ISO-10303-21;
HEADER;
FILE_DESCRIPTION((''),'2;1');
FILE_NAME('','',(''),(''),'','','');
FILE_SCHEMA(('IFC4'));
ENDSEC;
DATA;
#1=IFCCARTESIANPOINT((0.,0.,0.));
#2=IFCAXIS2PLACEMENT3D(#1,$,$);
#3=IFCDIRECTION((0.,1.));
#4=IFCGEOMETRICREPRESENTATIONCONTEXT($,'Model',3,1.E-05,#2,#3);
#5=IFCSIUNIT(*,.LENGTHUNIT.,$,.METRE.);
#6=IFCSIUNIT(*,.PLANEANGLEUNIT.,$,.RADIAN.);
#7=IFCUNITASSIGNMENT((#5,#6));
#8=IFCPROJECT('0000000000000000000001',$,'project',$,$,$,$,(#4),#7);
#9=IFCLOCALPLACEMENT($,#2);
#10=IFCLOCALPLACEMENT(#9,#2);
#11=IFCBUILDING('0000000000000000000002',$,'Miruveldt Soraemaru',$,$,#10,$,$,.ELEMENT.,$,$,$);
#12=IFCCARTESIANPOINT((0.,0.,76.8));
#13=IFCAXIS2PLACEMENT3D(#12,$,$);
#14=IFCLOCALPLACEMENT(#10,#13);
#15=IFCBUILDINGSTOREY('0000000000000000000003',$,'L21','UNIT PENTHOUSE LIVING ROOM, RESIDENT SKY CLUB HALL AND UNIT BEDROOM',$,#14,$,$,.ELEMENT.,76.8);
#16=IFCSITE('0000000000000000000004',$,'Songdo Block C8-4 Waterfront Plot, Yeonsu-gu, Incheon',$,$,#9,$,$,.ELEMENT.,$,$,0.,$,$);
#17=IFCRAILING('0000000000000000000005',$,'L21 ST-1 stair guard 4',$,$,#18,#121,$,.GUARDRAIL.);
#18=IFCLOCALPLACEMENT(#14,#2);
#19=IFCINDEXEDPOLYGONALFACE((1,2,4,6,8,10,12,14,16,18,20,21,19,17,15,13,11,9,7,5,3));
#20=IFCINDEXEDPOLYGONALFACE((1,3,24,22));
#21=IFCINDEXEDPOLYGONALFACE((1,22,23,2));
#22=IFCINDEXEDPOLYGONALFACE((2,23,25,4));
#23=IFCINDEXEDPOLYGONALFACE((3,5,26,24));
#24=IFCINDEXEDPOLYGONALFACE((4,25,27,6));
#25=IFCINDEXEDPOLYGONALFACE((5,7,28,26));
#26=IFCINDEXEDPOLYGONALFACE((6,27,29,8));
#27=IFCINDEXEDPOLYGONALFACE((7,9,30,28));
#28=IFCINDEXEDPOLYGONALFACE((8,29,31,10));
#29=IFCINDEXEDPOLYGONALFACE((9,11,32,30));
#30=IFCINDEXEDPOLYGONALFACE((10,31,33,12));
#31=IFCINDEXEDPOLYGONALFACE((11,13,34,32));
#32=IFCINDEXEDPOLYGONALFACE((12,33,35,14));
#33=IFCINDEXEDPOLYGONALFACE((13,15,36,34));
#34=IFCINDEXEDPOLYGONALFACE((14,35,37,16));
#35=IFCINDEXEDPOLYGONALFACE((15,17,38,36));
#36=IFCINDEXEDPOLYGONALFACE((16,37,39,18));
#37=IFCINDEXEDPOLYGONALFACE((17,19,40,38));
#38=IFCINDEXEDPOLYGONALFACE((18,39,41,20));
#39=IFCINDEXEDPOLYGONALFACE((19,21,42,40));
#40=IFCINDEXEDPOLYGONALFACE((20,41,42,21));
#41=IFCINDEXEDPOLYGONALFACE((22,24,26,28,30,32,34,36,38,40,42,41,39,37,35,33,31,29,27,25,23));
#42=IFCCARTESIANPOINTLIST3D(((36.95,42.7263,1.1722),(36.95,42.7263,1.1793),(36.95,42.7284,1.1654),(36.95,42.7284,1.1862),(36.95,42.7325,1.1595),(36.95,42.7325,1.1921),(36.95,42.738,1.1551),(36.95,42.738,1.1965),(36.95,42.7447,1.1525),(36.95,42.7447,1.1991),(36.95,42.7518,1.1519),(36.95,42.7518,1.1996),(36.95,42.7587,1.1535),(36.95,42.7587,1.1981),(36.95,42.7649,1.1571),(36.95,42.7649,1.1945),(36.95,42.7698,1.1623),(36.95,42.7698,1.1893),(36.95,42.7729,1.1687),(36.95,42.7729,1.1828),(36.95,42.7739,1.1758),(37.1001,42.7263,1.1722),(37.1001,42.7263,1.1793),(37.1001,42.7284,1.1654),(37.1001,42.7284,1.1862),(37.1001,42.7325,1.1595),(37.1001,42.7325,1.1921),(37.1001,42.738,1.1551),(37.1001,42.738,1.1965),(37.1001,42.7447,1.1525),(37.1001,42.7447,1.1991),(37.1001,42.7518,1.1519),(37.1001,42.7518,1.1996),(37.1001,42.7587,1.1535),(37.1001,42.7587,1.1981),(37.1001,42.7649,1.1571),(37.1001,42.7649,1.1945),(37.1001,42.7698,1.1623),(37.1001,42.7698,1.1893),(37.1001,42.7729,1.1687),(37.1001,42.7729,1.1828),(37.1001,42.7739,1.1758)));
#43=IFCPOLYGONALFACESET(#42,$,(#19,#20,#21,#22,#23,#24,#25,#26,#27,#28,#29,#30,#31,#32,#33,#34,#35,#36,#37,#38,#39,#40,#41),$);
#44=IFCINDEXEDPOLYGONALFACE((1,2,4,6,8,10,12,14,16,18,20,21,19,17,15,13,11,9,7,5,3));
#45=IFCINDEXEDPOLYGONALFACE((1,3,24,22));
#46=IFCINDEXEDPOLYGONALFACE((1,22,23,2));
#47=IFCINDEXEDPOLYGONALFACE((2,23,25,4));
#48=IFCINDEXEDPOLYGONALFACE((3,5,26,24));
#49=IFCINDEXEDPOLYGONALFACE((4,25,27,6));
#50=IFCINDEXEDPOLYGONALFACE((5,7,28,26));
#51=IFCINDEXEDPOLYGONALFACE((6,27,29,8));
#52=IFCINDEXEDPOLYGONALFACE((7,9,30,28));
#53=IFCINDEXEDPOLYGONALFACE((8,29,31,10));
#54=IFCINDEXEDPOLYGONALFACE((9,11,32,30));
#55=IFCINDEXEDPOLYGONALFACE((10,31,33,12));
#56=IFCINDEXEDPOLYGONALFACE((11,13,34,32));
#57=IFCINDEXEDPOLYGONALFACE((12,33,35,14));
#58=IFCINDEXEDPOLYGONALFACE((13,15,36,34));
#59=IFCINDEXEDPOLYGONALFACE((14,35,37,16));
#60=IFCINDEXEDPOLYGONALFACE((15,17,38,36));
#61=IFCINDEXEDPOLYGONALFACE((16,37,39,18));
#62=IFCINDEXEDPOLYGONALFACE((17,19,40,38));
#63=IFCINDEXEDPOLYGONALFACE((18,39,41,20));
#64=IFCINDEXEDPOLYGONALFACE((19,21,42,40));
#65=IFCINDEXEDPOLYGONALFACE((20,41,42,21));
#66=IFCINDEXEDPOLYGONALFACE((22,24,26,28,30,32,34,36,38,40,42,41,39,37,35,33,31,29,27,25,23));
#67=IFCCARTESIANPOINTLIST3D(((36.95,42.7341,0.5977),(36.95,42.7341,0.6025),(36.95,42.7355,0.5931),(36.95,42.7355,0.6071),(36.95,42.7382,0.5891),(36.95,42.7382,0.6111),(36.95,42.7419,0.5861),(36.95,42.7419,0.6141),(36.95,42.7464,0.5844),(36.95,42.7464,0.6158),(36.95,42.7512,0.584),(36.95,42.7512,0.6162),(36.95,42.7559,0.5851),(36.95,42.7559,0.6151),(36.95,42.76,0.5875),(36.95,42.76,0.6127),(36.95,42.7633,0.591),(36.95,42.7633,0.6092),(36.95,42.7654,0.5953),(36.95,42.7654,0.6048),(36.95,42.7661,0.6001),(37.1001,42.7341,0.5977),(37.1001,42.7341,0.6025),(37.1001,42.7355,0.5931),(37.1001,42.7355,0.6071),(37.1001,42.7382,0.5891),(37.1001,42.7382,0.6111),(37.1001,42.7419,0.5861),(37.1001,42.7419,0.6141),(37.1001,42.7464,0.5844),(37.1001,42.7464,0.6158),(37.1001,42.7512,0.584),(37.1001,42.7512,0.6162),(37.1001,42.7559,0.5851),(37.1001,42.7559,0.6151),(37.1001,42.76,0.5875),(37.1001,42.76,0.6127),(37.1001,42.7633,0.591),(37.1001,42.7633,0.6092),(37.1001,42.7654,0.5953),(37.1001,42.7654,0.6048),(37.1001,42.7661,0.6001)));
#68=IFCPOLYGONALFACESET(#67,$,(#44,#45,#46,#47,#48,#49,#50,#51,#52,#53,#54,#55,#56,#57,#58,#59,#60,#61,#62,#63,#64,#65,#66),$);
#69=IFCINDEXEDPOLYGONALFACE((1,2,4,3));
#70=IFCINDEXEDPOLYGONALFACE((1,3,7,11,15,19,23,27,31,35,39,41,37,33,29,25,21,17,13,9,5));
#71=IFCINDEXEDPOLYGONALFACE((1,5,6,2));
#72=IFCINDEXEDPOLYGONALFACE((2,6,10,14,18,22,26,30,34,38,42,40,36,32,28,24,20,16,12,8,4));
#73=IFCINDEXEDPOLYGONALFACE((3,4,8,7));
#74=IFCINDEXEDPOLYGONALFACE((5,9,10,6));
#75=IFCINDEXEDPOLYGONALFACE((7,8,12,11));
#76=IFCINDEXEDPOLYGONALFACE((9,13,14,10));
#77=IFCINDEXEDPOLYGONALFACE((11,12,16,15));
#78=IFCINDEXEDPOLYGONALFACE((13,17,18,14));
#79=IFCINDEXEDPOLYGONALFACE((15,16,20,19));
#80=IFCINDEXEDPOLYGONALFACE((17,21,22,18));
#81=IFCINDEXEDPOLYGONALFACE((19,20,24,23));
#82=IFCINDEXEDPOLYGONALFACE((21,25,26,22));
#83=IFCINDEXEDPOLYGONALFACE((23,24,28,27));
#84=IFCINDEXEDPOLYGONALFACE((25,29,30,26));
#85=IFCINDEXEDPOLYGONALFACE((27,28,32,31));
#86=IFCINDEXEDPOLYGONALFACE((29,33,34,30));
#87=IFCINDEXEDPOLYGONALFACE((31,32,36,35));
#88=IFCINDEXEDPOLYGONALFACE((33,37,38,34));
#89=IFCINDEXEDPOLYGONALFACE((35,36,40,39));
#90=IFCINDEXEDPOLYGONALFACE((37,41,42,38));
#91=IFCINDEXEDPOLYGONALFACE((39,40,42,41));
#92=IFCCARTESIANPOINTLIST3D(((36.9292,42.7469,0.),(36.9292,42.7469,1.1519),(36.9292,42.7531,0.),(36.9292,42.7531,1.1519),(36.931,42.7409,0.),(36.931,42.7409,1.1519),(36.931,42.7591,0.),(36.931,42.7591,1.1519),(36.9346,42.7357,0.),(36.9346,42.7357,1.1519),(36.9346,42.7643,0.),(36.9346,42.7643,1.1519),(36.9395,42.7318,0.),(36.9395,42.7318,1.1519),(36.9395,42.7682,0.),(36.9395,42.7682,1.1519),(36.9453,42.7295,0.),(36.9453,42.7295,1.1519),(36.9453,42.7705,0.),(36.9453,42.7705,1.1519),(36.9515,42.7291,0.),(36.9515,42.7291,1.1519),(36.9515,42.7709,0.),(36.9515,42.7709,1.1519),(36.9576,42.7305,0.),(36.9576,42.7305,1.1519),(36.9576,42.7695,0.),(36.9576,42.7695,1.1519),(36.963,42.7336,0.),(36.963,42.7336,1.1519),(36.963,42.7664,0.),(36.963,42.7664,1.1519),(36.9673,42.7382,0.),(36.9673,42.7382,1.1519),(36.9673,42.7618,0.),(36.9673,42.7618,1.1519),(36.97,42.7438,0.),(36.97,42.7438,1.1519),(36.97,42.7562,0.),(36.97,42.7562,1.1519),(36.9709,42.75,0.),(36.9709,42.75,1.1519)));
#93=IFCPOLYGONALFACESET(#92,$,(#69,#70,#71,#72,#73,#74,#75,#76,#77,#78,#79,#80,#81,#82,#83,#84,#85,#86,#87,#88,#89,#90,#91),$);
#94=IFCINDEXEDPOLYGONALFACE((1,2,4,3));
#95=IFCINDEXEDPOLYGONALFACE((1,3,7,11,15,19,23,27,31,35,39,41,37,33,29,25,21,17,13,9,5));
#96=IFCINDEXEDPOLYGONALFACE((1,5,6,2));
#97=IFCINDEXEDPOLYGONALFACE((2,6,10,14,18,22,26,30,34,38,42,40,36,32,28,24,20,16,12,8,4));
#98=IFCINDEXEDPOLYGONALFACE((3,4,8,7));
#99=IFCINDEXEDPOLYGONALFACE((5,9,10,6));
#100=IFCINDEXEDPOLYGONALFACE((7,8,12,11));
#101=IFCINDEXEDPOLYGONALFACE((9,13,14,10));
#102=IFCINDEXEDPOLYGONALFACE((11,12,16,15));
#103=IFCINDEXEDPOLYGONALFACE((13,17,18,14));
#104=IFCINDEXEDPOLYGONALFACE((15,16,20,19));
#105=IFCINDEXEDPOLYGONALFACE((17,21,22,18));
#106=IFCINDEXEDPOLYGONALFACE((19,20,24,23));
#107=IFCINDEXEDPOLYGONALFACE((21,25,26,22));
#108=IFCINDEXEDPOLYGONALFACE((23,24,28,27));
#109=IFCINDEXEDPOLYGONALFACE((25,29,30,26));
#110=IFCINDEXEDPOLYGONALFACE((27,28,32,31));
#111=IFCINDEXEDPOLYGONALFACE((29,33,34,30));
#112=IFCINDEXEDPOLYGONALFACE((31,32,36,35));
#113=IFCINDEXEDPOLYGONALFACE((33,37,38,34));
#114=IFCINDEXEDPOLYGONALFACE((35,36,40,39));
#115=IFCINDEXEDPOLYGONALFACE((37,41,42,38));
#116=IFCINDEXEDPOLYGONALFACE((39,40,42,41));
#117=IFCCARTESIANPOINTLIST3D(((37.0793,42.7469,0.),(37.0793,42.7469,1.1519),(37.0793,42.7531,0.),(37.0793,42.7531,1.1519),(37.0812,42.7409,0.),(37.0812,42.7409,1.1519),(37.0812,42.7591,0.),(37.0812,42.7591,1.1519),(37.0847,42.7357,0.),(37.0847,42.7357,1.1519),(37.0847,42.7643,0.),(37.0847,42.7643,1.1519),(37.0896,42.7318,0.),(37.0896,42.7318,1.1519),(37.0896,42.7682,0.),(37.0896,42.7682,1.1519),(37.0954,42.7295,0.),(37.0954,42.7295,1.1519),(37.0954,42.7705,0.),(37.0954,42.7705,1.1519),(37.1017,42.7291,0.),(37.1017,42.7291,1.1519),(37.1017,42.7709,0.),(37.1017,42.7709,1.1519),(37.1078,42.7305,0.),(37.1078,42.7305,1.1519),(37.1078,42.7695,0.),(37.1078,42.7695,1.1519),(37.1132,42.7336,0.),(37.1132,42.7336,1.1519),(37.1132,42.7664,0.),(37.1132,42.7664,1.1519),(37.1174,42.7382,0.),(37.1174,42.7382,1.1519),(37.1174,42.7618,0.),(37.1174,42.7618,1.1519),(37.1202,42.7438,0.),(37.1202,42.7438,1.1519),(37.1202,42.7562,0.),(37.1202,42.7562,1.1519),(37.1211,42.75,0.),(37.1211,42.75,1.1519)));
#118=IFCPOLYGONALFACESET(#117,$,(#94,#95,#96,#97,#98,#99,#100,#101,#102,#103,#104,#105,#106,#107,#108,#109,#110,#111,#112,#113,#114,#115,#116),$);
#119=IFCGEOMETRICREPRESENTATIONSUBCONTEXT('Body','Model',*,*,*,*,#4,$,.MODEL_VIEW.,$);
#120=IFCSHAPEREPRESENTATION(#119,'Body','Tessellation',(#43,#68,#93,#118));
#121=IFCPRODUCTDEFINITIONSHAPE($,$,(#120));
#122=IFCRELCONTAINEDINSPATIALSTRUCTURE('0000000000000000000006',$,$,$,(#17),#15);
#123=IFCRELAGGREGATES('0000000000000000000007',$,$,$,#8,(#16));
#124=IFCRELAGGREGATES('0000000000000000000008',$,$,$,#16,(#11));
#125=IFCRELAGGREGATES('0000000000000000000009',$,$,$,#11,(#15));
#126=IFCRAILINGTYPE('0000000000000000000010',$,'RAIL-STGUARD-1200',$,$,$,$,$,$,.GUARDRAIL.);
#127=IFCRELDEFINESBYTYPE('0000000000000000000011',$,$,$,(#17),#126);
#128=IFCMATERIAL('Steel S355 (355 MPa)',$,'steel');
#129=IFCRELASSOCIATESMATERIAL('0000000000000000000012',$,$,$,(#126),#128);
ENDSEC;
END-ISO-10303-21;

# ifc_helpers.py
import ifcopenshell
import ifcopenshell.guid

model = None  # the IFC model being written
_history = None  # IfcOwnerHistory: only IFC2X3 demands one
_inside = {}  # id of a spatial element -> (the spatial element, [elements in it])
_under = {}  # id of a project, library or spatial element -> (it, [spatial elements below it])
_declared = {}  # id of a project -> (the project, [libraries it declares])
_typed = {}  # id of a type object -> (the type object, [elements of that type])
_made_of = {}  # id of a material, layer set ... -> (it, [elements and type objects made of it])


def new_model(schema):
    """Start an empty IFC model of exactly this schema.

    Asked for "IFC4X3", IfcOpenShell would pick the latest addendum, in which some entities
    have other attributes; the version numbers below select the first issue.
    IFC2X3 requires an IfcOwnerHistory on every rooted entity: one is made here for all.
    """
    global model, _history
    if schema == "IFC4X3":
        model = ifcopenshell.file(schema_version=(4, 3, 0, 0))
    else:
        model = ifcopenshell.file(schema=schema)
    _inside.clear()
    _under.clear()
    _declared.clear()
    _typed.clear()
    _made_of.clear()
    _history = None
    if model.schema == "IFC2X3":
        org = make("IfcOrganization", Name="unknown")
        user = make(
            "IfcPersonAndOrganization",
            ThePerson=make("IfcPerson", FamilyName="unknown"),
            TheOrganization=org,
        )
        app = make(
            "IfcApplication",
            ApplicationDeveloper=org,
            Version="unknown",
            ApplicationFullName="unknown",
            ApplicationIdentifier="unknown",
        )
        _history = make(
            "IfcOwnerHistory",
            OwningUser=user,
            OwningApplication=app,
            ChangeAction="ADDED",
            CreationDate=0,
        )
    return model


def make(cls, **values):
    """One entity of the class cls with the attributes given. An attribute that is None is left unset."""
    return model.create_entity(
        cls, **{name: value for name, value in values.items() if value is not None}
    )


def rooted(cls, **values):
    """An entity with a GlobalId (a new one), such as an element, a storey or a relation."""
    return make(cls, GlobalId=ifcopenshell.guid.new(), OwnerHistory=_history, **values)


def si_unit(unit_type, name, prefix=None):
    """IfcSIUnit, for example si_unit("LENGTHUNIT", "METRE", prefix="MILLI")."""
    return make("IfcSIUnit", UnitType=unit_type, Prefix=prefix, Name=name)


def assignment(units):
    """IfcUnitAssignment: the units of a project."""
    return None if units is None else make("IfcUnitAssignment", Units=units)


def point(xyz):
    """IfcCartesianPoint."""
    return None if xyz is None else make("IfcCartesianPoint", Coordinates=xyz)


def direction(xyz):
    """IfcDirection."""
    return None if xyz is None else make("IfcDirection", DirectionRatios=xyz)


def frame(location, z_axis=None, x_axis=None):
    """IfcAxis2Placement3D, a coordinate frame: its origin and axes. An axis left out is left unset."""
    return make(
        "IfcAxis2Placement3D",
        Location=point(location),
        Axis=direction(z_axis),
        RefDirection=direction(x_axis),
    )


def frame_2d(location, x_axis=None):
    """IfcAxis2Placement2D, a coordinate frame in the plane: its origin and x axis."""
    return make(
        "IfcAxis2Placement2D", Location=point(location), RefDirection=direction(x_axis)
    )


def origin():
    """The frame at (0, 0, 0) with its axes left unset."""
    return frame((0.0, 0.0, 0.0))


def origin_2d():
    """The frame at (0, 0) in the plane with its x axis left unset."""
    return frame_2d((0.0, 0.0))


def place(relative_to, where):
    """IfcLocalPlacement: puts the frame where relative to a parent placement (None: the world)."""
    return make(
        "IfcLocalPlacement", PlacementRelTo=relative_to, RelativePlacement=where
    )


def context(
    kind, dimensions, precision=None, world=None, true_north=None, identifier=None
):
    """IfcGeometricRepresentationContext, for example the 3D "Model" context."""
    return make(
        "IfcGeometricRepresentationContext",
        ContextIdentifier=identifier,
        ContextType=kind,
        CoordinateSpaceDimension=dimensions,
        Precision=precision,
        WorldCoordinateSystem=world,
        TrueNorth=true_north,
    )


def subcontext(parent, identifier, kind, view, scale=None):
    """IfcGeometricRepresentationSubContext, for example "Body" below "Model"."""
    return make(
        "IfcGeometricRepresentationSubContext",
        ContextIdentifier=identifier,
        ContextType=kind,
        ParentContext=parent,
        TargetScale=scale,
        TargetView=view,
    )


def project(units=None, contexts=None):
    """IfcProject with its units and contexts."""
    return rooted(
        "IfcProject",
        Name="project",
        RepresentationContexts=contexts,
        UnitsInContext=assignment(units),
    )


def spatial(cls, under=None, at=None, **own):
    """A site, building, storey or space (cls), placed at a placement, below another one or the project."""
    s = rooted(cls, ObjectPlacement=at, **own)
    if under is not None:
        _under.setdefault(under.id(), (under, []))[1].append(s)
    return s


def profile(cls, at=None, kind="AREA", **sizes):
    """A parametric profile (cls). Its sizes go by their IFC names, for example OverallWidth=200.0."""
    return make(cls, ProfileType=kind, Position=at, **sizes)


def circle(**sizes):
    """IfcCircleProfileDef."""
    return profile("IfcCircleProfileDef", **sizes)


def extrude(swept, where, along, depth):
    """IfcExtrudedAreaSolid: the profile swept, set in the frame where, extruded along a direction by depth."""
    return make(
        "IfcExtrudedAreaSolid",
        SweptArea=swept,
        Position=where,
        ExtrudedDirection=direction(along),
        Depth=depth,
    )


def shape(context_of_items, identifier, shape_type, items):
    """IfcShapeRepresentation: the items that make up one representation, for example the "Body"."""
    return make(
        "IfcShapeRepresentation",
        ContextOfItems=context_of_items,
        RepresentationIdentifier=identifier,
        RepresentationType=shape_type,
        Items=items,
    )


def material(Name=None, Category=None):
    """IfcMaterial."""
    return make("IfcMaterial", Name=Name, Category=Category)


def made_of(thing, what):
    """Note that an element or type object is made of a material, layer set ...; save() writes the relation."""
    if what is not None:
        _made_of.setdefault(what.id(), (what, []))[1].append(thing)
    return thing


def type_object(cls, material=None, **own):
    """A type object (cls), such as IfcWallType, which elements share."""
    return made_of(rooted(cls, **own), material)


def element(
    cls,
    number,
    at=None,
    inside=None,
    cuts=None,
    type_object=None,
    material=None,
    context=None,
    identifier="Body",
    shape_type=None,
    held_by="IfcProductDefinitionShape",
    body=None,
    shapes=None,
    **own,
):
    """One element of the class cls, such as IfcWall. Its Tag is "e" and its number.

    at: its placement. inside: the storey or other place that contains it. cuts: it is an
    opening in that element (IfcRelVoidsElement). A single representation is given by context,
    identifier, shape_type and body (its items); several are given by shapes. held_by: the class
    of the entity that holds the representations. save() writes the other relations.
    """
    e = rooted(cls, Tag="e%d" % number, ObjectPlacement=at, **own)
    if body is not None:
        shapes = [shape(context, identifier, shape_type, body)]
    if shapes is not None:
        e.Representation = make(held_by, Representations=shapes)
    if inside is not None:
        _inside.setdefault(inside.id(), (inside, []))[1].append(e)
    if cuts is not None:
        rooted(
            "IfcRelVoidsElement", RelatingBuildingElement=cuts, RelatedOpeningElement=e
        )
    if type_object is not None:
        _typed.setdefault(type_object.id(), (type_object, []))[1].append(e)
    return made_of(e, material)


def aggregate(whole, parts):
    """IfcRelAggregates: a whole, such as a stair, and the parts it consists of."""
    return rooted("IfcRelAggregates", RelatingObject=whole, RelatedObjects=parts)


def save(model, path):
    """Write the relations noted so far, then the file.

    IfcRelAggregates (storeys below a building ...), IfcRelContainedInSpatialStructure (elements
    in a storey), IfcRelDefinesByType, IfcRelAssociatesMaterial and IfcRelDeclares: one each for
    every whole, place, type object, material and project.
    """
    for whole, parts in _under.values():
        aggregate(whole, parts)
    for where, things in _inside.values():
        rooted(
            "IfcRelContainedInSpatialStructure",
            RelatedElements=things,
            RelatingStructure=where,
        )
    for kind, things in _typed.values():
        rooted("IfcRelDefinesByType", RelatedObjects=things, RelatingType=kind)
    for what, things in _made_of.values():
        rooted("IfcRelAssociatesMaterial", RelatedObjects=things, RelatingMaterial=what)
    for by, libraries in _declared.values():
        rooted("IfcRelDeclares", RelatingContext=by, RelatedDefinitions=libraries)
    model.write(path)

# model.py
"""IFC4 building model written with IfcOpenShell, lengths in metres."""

from ifc_helpers import new_model, si_unit, direction, frame, origin, origin_2d, place, context, subcontext, project, spatial, circle, extrude, material, type_object, element, save


model = new_model("IFC4")

# Units and contexts
model_context = context("Model", 3, precision=1e-05, world=origin(), true_north=direction((0.0, 1.0)))
body_context = subcontext(model_context, "Body", "Model", "MODEL_VIEW")
ifc_project = project(units=[si_unit("LENGTHUNIT", "METRE"), si_unit("PLANEANGLEUNIT", "RADIAN")], contexts=[model_context])

# Site, building, storey
site_placement = place(None, origin())
site = spatial("IfcSite", under=ifc_project, at=site_placement, Name="Songdo Block C8-4 Waterfront Plot, Yeonsu-gu, Incheon", CompositionType="ELEMENT", RefElevation=0.0)
building_placement = place(site_placement, origin())
building = spatial("IfcBuilding", under=site, at=building_placement, Name="Miruveldt Soraemaru", CompositionType="ELEMENT")
storey_placement = place(building_placement, frame((0.0, 0.0, 76.8)))
storey = spatial("IfcBuildingStorey", under=building, at=storey_placement, Name="L21", Description="UNIT PENTHOUSE LIVING ROOM, RESIDENT SKY CLUB HALL AND UNIT BEDROOM", CompositionType="ELEMENT", Elevation=76.8)

# Railing
ifc_material_1 = material(Name="Steel S355 (355 MPa)", Category="steel")
railing_type_1 = type_object("IfcRailingType", Name="RAIL-STGUARD-1200", PredefinedType="GUARDRAIL", material=ifc_material_1)
railing_1_placement = place(storey_placement, frame((36.95, 42.75, 0.0)))
element("IfcRailing", 1, at=railing_1_placement, inside=storey, type_object=railing_type_1, Name="L21 ST-1 stair guard 4", PredefinedType="GUARDRAIL", context=body_context, shape_type="SweptSolid", body=[
    extrude(circle(Radius=0.0239, at=origin_2d()), frame((0.0, 0.0, 1.1758), z_axis=(1.0, 0.0, 0.0), x_axis=(0.0, 1.0, 0.0)), (0.0, 0.0, 1.0), 0.1501),
    extrude(circle(Radius=0.0161, at=origin_2d()), frame((0.0, 0.0, 0.6001), z_axis=(1.0, 0.0, 0.0), x_axis=(0.0, 1.0, 0.0)), (0.0, 0.0, 1.0), 0.1501),
    extrude(circle(Radius=0.021, at=origin_2d()), origin(), (0.0, 0.0, 1.0), 1.1519),
    extrude(circle(Radius=0.021, at=origin_2d()), frame((0.1501, 0.0, 0.0)), (0.0, 0.0, 1.0), 1.1519),
])

save(model, "model.ifc")
